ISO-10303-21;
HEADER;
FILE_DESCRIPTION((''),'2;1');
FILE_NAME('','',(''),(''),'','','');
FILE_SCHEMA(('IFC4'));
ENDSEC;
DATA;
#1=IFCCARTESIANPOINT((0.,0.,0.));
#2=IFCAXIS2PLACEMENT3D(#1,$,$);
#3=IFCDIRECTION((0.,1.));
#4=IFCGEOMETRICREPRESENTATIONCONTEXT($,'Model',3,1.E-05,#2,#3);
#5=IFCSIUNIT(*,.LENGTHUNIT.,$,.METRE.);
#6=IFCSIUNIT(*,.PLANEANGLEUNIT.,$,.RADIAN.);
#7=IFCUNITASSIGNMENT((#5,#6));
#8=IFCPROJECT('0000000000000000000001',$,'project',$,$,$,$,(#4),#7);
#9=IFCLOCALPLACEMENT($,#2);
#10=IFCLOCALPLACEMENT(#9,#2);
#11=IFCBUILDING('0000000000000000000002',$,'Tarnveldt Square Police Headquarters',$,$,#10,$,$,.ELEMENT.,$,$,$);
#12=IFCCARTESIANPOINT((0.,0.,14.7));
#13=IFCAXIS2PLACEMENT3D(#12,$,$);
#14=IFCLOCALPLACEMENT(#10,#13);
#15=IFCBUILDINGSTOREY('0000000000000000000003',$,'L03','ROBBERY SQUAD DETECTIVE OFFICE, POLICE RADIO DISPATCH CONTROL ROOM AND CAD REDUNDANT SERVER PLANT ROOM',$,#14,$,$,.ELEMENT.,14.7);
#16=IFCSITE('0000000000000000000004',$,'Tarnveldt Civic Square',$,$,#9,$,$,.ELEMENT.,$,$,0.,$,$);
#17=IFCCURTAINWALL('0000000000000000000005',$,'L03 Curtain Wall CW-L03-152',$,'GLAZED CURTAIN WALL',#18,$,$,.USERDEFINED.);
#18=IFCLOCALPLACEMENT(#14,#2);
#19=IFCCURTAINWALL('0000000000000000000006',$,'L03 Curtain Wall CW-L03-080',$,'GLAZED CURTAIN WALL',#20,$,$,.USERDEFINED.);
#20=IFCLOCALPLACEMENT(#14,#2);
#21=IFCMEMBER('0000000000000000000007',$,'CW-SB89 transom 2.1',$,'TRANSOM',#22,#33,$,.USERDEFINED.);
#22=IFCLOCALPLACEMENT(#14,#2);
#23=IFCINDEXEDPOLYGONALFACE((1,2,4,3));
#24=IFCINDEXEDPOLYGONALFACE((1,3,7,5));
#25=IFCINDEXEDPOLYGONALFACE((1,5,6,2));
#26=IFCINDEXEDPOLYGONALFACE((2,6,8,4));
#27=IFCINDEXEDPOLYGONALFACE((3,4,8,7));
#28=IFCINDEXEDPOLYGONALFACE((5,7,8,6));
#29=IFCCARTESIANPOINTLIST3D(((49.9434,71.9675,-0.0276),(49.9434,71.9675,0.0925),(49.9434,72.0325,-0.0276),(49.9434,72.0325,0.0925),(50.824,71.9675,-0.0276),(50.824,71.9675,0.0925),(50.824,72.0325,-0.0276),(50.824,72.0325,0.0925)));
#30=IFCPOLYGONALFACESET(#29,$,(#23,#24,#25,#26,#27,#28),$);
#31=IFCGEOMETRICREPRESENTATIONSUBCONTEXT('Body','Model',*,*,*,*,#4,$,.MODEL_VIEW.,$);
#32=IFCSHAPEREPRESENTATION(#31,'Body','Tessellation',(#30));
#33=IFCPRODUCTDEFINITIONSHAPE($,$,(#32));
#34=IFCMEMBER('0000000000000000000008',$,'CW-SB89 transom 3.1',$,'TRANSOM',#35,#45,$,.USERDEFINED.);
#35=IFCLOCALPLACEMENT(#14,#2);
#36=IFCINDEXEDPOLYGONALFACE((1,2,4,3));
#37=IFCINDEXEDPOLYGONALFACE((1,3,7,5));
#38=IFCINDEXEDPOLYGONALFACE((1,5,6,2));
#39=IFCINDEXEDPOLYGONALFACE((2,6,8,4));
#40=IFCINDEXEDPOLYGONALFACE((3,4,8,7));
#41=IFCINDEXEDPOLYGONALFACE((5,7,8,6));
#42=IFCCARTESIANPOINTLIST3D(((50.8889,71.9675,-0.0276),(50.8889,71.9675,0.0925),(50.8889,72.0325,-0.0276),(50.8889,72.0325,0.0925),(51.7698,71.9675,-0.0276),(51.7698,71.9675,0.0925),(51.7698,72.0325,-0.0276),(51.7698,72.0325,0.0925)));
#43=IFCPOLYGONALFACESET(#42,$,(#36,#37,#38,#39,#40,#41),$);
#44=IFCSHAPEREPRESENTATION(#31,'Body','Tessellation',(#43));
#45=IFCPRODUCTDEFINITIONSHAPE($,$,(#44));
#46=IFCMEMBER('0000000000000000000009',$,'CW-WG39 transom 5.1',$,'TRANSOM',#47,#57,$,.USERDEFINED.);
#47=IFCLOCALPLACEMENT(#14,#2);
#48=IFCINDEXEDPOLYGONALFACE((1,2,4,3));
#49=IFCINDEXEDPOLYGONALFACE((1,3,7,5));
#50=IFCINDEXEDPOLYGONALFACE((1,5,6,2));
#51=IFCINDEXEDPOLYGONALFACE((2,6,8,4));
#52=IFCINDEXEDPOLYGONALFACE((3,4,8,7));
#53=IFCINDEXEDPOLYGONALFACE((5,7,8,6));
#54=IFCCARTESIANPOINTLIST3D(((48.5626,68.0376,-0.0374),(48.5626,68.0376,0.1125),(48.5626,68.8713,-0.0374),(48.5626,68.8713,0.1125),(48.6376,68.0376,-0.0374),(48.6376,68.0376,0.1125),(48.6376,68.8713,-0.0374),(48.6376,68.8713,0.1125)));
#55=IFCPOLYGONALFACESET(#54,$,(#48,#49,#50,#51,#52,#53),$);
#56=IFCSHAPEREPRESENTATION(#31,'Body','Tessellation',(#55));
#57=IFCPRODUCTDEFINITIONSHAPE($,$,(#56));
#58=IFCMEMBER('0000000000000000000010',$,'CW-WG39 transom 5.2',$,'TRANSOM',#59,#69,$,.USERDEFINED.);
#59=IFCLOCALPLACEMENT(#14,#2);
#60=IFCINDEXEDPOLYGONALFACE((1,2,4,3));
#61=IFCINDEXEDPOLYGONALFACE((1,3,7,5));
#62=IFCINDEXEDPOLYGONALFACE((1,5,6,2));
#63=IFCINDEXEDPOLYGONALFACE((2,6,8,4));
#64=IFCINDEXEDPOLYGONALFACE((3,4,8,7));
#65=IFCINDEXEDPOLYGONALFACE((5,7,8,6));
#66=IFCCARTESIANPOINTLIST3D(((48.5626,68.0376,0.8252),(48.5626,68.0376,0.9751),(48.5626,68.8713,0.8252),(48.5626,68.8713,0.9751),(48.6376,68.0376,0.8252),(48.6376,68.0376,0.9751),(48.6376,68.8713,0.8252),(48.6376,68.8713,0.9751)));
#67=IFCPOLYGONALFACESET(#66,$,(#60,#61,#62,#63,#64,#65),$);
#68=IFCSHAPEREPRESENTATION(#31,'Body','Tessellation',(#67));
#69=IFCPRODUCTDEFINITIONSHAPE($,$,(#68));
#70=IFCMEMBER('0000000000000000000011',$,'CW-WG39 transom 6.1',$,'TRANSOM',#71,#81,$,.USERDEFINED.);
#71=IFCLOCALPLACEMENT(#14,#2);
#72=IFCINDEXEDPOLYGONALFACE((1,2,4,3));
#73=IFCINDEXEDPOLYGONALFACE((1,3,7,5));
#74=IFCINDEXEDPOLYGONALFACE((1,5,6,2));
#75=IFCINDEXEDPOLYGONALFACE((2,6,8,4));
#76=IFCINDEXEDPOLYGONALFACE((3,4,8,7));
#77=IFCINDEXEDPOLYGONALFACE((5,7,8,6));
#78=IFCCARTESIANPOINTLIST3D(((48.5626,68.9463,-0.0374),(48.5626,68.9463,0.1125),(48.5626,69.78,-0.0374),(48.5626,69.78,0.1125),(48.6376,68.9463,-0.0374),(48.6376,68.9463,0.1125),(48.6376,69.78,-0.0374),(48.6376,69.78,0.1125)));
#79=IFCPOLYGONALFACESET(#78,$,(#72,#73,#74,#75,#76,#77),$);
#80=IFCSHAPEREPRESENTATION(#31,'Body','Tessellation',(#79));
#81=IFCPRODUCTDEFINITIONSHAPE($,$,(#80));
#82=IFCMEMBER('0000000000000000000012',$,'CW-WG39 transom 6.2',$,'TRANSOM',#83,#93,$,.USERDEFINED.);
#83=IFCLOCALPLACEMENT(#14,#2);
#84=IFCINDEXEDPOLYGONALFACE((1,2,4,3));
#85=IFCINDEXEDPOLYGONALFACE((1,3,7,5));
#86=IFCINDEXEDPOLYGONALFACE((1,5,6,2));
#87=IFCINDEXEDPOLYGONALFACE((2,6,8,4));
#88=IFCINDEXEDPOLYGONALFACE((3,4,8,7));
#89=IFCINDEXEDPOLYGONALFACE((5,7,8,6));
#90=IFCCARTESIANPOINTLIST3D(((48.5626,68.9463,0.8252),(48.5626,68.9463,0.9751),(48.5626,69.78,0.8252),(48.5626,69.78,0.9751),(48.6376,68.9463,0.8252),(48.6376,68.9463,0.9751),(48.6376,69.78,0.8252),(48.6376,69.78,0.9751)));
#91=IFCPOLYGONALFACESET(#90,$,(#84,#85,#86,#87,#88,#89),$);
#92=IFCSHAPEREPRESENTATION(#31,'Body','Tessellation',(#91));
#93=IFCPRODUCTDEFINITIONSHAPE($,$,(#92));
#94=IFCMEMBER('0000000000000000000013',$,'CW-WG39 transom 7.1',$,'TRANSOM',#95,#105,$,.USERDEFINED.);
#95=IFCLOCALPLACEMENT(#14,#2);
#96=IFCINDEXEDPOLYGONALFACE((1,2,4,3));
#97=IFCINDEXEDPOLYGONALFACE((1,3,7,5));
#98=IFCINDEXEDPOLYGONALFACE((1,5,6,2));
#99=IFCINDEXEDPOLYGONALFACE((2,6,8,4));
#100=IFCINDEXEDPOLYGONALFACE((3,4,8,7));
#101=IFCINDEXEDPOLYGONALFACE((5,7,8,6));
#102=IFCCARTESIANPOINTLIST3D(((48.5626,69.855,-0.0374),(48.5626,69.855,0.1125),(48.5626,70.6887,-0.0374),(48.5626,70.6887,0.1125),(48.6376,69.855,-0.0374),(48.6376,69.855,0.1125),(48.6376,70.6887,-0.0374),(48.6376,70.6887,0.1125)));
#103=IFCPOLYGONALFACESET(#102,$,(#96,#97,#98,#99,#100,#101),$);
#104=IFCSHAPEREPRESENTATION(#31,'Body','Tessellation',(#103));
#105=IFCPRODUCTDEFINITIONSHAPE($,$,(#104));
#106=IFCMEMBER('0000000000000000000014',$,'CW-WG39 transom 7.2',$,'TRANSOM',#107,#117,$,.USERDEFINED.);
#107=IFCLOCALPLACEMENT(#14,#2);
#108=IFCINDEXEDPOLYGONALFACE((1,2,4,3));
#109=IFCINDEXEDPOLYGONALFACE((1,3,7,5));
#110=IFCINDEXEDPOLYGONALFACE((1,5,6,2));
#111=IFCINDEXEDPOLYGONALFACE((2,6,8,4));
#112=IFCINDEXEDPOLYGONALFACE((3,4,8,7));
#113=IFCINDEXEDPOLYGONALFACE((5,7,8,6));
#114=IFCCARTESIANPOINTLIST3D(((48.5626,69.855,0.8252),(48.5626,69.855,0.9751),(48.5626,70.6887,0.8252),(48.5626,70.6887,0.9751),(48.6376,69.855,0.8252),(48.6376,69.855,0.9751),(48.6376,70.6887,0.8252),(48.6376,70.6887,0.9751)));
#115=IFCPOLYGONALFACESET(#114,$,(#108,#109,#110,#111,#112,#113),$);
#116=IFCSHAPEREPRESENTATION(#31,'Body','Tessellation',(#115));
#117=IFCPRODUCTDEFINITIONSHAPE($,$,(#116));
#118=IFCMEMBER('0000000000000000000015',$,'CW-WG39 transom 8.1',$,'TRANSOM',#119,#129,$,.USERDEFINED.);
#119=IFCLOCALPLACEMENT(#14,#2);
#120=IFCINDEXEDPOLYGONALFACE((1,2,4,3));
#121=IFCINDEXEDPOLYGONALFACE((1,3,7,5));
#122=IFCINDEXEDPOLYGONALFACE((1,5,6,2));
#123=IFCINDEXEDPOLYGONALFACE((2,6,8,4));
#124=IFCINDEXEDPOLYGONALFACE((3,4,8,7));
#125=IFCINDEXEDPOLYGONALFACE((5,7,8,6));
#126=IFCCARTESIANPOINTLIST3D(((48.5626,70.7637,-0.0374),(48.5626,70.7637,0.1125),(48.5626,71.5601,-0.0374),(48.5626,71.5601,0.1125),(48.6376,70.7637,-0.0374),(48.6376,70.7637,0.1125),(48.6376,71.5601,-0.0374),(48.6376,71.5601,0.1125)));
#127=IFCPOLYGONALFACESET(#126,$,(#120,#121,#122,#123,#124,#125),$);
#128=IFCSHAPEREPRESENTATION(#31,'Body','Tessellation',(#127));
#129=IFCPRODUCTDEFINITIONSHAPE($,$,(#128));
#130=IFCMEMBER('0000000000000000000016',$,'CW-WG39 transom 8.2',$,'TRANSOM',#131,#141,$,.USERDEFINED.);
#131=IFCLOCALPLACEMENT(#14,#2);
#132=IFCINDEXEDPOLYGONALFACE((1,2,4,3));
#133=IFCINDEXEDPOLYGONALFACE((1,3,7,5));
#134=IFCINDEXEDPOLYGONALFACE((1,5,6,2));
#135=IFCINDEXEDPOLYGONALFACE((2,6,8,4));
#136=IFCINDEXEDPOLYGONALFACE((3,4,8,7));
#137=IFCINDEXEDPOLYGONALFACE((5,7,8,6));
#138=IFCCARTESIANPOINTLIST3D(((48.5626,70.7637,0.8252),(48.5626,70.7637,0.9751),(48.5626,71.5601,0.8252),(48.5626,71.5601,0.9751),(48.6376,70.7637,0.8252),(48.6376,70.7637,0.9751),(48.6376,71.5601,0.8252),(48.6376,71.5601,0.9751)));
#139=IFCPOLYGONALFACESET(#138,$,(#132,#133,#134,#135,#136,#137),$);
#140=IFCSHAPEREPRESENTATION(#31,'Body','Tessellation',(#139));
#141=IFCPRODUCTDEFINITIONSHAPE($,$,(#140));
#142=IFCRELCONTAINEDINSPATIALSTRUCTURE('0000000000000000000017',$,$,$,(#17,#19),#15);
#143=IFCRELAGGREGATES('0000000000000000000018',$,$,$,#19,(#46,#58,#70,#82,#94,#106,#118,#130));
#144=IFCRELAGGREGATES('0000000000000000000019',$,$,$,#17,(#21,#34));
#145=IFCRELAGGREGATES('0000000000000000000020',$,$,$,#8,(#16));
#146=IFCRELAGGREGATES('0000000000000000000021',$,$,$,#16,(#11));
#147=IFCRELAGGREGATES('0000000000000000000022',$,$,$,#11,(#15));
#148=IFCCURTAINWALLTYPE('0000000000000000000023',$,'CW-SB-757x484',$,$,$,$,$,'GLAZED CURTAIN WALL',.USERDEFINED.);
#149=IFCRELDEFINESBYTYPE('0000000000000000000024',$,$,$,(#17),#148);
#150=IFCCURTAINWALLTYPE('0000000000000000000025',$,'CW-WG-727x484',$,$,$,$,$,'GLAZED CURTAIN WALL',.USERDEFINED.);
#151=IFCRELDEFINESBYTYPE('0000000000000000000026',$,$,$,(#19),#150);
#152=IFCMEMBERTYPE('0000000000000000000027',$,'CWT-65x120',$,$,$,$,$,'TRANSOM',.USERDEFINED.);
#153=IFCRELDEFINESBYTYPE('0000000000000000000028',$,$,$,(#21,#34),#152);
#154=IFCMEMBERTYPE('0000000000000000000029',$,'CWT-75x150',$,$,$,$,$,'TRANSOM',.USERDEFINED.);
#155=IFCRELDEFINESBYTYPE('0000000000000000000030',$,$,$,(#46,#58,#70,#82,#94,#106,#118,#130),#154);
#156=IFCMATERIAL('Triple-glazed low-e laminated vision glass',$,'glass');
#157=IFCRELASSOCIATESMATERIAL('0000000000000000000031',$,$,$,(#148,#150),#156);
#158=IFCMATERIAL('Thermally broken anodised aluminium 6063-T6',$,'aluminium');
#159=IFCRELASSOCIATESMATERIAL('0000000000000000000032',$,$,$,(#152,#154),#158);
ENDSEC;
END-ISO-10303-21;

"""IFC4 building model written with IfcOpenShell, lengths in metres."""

from ifc_helpers import new_model, si_unit, direction, frame, origin, origin_2d, place, context, subcontext, project, spatial, rectangle, extrude, material, material_profile, profile_set, type_object, element, aggregate, save


model = new_model("IFC4")

# Units and contexts
model_context = context("Model", 3, precision=1e-05, world=origin(), true_north=direction((0.0, 1.0)))
body_context = subcontext(model_context, "Body", "Model", "MODEL_VIEW")
ifc_project = project(units=[si_unit("LENGTHUNIT", "METRE"), si_unit("PLANEANGLEUNIT", "RADIAN")], contexts=[model_context])

# Site, building, storey
site_placement = place(None, origin())
site = spatial("IfcSite", under=ifc_project, at=site_placement, Name="Tarnveldt Civic Square", CompositionType="ELEMENT", RefElevation=0.0)
building_placement = place(site_placement, origin())
building = spatial("IfcBuilding", under=site, at=building_placement, Name="Tarnveldt Square Police Headquarters", CompositionType="ELEMENT")
storey_placement = place(building_placement, frame((0.0, 0.0, 14.7)))
storey = spatial("IfcBuildingStorey", under=building, at=storey_placement, Name="L03", Description="ROBBERY SQUAD DETECTIVE OFFICE, POLICE RADIO DISPATCH CONTROL ROOM AND CAD REDUNDANT SERVER PLANT ROOM", CompositionType="ELEMENT", Elevation=14.7)

# Curtain walls
ifc_material_1 = material(Name="Triple-glazed low-e laminated vision glass", Category="glass")
curtain_wall_type_1 = type_object("IfcCurtainWallType", Name="CW-SB-757x484", ElementType="GLAZED CURTAIN WALL", PredefinedType="USERDEFINED", material=ifc_material_1)
curtain_wall_1_placement = place(storey_placement, origin())
curtain_wall_1 = element("IfcCurtainWall", 1, at=curtain_wall_1_placement, inside=storey, type_object=curtain_wall_type_1, Name="L03 Curtain Wall CW-L03-152", ObjectType="GLAZED CURTAIN WALL", PredefinedType="USERDEFINED")
ifc_material_2 = material(Name="Thermally broken anodised aluminium 6063-T6", Category="aluminium")
curtain_wall_type_2 = type_object("IfcCurtainWallType", Name="CW-WG-727x484", ElementType="GLAZED CURTAIN WALL", PredefinedType="USERDEFINED", material=ifc_material_1)
curtain_wall_2_placement = place(storey_placement, origin())
curtain_wall_2 = element("IfcCurtainWall", 2, at=curtain_wall_2_placement, inside=storey, type_object=curtain_wall_type_2, Name="L03 Curtain Wall CW-L03-080", ObjectType="GLAZED CURTAIN WALL", PredefinedType="USERDEFINED")

# Members
ifc_material_profile_1 = material_profile(ifc_material_2, rectangle(XDim=0.0649, YDim=0.1201, at=origin_2d()), Name="CW-T65x120")
ifc_profile_set_1 = profile_set([ifc_material_profile_1], Name="Thermally broken anodised aluminium 6063-T6")
member_type_1 = type_object("IfcMemberType", Name="CWT-65x120", ElementType="TRANSOM", PredefinedType="USERDEFINED", material=ifc_profile_set_1)
member_1_placement = place(storey_placement, frame((49.9434, 72.0, 0.0325), z_axis=(1.0, 0.0, 0.0), x_axis=(0.0, 1.0, 0.0)))
member_1 = element("IfcMember", 3, at=member_1_placement, type_object=member_type_1, Name="CW-SB89 transom 2.1", ObjectType="TRANSOM", PredefinedType="USERDEFINED", context=body_context, shape_type="SweptSolid", body=[
    extrude(rectangle(XDim=0.0649, YDim=0.1201, at=origin_2d()), origin(), (0.0, 0.0, 1.0), 0.8806),
])
member_2_placement = place(storey_placement, frame((50.8889, 72.0, 0.0325), z_axis=(1.0, 0.0, 0.0), x_axis=(0.0, 1.0, 0.0)))
member_2 = element("IfcMember", 4, at=member_2_placement, type_object=member_type_1, Name="CW-SB89 transom 3.1", ObjectType="TRANSOM", PredefinedType="USERDEFINED", context=body_context, shape_type="SweptSolid", body=[
    extrude(rectangle(XDim=0.0649, YDim=0.1201, at=origin_2d()), origin(), (0.0, 0.0, 1.0), 0.8809),
])
ifc_material_profile_2 = material_profile(ifc_material_2, rectangle(XDim=0.075, YDim=0.1499, at=origin_2d()), Name="CW-T75x150")
ifc_profile_set_2 = profile_set([ifc_material_profile_2], Name="Thermally broken anodised aluminium 6063-T6")
member_type_2 = type_object("IfcMemberType", Name="CWT-75x150", ElementType="TRANSOM", PredefinedType="USERDEFINED", material=ifc_profile_set_2)
member_3_placement = place(storey_placement, frame((48.6001, 68.0376, 0.0376), z_axis=(0.0, 1.0, 0.0), x_axis=(-1.0, 0.0, 0.0)))
member_3 = element("IfcMember", 5, at=member_3_placement, type_object=member_type_2, Name="CW-WG39 transom 5.1", ObjectType="TRANSOM", PredefinedType="USERDEFINED", context=body_context, shape_type="SweptSolid", body=[
    extrude(rectangle(XDim=0.075, YDim=0.1499, at=origin_2d()), origin(), (0.0, 0.0, 1.0), 0.8337),
])
member_4_placement = place(storey_placement, frame((48.6001, 68.0376, 0.9001), z_axis=(0.0, 1.0, 0.0), x_axis=(-1.0, 0.0, 0.0)))
member_4 = element("IfcMember", 6, at=member_4_placement, type_object=member_type_2, Name="CW-WG39 transom 5.2", ObjectType="TRANSOM", PredefinedType="USERDEFINED", context=body_context, shape_type="SweptSolid", body=[
    extrude(rectangle(XDim=0.075, YDim=0.1499, at=origin_2d()), origin(), (0.0, 0.0, 1.0), 0.8337),
])
member_5_placement = place(storey_placement, frame((48.6001, 68.9463, 0.0376), z_axis=(0.0, 1.0, 0.0), x_axis=(-1.0, 0.0, 0.0)))
member_5 = element("IfcMember", 7, at=member_5_placement, type_object=member_type_2, Name="CW-WG39 transom 6.1", ObjectType="TRANSOM", PredefinedType="USERDEFINED", context=body_context, shape_type="SweptSolid", body=[
    extrude(rectangle(XDim=0.075, YDim=0.1499, at=origin_2d()), origin(), (0.0, 0.0, 1.0), 0.8337),
])
member_6_placement = place(storey_placement, frame((48.6001, 68.9463, 0.9001), z_axis=(0.0, 1.0, 0.0), x_axis=(-1.0, 0.0, 0.0)))
member_6 = element("IfcMember", 8, at=member_6_placement, type_object=member_type_2, Name="CW-WG39 transom 6.2", ObjectType="TRANSOM", PredefinedType="USERDEFINED", context=body_context, shape_type="SweptSolid", body=[
    extrude(rectangle(XDim=0.075, YDim=0.1499, at=origin_2d()), origin(), (0.0, 0.0, 1.0), 0.8337),
])
member_7_placement = place(storey_placement, frame((48.6001, 69.855, 0.0376), z_axis=(0.0, 1.0, 0.0), x_axis=(-1.0, 0.0, 0.0)))
member_7 = element("IfcMember", 9, at=member_7_placement, type_object=member_type_2, Name="CW-WG39 transom 7.1", ObjectType="TRANSOM", PredefinedType="USERDEFINED", context=body_context, shape_type="SweptSolid", body=[
    extrude(rectangle(XDim=0.075, YDim=0.1499, at=origin_2d()), origin(), (0.0, 0.0, 1.0), 0.8337),
])
member_8_placement = place(storey_placement, frame((48.6001, 69.855, 0.9001), z_axis=(0.0, 1.0, 0.0), x_axis=(-1.0, 0.0, 0.0)))
member_8 = element("IfcMember", 10, at=member_8_placement, type_object=member_type_2, Name="CW-WG39 transom 7.2", ObjectType="TRANSOM", PredefinedType="USERDEFINED", context=body_context, shape_type="SweptSolid", body=[
    extrude(rectangle(XDim=0.075, YDim=0.1499, at=origin_2d()), origin(), (0.0, 0.0, 1.0), 0.8337),
])
member_9_placement = place(storey_placement, frame((48.6001, 70.7637, 0.0376), z_axis=(0.0, 1.0, 0.0), x_axis=(-1.0, 0.0, 0.0)))
member_9 = element("IfcMember", 11, at=member_9_placement, type_object=member_type_2, Name="CW-WG39 transom 8.1", ObjectType="TRANSOM", PredefinedType="USERDEFINED", context=body_context, shape_type="SweptSolid", body=[
    extrude(rectangle(XDim=0.075, YDim=0.1499, at=origin_2d()), origin(), (0.0, 0.0, 1.0), 0.7964),
])
member_10_placement = place(storey_placement, frame((48.6001, 70.7637, 0.9001), z_axis=(0.0, 1.0, 0.0), x_axis=(-1.0, 0.0, 0.0)))
member_10 = element("IfcMember", 12, at=member_10_placement, type_object=member_type_2, Name="CW-WG39 transom 8.2", ObjectType="TRANSOM", PredefinedType="USERDEFINED", context=body_context, shape_type="SweptSolid", body=[
    extrude(rectangle(XDim=0.075, YDim=0.1499, at=origin_2d()), origin(), (0.0, 0.0, 1.0), 0.7964),
])

aggregate(curtain_wall_2, [member_3, member_4, member_5, member_6, member_7, member_8, member_9, member_10])
aggregate(curtain_wall_1, [member_1, member_2])

save(model, "model.ifc")
